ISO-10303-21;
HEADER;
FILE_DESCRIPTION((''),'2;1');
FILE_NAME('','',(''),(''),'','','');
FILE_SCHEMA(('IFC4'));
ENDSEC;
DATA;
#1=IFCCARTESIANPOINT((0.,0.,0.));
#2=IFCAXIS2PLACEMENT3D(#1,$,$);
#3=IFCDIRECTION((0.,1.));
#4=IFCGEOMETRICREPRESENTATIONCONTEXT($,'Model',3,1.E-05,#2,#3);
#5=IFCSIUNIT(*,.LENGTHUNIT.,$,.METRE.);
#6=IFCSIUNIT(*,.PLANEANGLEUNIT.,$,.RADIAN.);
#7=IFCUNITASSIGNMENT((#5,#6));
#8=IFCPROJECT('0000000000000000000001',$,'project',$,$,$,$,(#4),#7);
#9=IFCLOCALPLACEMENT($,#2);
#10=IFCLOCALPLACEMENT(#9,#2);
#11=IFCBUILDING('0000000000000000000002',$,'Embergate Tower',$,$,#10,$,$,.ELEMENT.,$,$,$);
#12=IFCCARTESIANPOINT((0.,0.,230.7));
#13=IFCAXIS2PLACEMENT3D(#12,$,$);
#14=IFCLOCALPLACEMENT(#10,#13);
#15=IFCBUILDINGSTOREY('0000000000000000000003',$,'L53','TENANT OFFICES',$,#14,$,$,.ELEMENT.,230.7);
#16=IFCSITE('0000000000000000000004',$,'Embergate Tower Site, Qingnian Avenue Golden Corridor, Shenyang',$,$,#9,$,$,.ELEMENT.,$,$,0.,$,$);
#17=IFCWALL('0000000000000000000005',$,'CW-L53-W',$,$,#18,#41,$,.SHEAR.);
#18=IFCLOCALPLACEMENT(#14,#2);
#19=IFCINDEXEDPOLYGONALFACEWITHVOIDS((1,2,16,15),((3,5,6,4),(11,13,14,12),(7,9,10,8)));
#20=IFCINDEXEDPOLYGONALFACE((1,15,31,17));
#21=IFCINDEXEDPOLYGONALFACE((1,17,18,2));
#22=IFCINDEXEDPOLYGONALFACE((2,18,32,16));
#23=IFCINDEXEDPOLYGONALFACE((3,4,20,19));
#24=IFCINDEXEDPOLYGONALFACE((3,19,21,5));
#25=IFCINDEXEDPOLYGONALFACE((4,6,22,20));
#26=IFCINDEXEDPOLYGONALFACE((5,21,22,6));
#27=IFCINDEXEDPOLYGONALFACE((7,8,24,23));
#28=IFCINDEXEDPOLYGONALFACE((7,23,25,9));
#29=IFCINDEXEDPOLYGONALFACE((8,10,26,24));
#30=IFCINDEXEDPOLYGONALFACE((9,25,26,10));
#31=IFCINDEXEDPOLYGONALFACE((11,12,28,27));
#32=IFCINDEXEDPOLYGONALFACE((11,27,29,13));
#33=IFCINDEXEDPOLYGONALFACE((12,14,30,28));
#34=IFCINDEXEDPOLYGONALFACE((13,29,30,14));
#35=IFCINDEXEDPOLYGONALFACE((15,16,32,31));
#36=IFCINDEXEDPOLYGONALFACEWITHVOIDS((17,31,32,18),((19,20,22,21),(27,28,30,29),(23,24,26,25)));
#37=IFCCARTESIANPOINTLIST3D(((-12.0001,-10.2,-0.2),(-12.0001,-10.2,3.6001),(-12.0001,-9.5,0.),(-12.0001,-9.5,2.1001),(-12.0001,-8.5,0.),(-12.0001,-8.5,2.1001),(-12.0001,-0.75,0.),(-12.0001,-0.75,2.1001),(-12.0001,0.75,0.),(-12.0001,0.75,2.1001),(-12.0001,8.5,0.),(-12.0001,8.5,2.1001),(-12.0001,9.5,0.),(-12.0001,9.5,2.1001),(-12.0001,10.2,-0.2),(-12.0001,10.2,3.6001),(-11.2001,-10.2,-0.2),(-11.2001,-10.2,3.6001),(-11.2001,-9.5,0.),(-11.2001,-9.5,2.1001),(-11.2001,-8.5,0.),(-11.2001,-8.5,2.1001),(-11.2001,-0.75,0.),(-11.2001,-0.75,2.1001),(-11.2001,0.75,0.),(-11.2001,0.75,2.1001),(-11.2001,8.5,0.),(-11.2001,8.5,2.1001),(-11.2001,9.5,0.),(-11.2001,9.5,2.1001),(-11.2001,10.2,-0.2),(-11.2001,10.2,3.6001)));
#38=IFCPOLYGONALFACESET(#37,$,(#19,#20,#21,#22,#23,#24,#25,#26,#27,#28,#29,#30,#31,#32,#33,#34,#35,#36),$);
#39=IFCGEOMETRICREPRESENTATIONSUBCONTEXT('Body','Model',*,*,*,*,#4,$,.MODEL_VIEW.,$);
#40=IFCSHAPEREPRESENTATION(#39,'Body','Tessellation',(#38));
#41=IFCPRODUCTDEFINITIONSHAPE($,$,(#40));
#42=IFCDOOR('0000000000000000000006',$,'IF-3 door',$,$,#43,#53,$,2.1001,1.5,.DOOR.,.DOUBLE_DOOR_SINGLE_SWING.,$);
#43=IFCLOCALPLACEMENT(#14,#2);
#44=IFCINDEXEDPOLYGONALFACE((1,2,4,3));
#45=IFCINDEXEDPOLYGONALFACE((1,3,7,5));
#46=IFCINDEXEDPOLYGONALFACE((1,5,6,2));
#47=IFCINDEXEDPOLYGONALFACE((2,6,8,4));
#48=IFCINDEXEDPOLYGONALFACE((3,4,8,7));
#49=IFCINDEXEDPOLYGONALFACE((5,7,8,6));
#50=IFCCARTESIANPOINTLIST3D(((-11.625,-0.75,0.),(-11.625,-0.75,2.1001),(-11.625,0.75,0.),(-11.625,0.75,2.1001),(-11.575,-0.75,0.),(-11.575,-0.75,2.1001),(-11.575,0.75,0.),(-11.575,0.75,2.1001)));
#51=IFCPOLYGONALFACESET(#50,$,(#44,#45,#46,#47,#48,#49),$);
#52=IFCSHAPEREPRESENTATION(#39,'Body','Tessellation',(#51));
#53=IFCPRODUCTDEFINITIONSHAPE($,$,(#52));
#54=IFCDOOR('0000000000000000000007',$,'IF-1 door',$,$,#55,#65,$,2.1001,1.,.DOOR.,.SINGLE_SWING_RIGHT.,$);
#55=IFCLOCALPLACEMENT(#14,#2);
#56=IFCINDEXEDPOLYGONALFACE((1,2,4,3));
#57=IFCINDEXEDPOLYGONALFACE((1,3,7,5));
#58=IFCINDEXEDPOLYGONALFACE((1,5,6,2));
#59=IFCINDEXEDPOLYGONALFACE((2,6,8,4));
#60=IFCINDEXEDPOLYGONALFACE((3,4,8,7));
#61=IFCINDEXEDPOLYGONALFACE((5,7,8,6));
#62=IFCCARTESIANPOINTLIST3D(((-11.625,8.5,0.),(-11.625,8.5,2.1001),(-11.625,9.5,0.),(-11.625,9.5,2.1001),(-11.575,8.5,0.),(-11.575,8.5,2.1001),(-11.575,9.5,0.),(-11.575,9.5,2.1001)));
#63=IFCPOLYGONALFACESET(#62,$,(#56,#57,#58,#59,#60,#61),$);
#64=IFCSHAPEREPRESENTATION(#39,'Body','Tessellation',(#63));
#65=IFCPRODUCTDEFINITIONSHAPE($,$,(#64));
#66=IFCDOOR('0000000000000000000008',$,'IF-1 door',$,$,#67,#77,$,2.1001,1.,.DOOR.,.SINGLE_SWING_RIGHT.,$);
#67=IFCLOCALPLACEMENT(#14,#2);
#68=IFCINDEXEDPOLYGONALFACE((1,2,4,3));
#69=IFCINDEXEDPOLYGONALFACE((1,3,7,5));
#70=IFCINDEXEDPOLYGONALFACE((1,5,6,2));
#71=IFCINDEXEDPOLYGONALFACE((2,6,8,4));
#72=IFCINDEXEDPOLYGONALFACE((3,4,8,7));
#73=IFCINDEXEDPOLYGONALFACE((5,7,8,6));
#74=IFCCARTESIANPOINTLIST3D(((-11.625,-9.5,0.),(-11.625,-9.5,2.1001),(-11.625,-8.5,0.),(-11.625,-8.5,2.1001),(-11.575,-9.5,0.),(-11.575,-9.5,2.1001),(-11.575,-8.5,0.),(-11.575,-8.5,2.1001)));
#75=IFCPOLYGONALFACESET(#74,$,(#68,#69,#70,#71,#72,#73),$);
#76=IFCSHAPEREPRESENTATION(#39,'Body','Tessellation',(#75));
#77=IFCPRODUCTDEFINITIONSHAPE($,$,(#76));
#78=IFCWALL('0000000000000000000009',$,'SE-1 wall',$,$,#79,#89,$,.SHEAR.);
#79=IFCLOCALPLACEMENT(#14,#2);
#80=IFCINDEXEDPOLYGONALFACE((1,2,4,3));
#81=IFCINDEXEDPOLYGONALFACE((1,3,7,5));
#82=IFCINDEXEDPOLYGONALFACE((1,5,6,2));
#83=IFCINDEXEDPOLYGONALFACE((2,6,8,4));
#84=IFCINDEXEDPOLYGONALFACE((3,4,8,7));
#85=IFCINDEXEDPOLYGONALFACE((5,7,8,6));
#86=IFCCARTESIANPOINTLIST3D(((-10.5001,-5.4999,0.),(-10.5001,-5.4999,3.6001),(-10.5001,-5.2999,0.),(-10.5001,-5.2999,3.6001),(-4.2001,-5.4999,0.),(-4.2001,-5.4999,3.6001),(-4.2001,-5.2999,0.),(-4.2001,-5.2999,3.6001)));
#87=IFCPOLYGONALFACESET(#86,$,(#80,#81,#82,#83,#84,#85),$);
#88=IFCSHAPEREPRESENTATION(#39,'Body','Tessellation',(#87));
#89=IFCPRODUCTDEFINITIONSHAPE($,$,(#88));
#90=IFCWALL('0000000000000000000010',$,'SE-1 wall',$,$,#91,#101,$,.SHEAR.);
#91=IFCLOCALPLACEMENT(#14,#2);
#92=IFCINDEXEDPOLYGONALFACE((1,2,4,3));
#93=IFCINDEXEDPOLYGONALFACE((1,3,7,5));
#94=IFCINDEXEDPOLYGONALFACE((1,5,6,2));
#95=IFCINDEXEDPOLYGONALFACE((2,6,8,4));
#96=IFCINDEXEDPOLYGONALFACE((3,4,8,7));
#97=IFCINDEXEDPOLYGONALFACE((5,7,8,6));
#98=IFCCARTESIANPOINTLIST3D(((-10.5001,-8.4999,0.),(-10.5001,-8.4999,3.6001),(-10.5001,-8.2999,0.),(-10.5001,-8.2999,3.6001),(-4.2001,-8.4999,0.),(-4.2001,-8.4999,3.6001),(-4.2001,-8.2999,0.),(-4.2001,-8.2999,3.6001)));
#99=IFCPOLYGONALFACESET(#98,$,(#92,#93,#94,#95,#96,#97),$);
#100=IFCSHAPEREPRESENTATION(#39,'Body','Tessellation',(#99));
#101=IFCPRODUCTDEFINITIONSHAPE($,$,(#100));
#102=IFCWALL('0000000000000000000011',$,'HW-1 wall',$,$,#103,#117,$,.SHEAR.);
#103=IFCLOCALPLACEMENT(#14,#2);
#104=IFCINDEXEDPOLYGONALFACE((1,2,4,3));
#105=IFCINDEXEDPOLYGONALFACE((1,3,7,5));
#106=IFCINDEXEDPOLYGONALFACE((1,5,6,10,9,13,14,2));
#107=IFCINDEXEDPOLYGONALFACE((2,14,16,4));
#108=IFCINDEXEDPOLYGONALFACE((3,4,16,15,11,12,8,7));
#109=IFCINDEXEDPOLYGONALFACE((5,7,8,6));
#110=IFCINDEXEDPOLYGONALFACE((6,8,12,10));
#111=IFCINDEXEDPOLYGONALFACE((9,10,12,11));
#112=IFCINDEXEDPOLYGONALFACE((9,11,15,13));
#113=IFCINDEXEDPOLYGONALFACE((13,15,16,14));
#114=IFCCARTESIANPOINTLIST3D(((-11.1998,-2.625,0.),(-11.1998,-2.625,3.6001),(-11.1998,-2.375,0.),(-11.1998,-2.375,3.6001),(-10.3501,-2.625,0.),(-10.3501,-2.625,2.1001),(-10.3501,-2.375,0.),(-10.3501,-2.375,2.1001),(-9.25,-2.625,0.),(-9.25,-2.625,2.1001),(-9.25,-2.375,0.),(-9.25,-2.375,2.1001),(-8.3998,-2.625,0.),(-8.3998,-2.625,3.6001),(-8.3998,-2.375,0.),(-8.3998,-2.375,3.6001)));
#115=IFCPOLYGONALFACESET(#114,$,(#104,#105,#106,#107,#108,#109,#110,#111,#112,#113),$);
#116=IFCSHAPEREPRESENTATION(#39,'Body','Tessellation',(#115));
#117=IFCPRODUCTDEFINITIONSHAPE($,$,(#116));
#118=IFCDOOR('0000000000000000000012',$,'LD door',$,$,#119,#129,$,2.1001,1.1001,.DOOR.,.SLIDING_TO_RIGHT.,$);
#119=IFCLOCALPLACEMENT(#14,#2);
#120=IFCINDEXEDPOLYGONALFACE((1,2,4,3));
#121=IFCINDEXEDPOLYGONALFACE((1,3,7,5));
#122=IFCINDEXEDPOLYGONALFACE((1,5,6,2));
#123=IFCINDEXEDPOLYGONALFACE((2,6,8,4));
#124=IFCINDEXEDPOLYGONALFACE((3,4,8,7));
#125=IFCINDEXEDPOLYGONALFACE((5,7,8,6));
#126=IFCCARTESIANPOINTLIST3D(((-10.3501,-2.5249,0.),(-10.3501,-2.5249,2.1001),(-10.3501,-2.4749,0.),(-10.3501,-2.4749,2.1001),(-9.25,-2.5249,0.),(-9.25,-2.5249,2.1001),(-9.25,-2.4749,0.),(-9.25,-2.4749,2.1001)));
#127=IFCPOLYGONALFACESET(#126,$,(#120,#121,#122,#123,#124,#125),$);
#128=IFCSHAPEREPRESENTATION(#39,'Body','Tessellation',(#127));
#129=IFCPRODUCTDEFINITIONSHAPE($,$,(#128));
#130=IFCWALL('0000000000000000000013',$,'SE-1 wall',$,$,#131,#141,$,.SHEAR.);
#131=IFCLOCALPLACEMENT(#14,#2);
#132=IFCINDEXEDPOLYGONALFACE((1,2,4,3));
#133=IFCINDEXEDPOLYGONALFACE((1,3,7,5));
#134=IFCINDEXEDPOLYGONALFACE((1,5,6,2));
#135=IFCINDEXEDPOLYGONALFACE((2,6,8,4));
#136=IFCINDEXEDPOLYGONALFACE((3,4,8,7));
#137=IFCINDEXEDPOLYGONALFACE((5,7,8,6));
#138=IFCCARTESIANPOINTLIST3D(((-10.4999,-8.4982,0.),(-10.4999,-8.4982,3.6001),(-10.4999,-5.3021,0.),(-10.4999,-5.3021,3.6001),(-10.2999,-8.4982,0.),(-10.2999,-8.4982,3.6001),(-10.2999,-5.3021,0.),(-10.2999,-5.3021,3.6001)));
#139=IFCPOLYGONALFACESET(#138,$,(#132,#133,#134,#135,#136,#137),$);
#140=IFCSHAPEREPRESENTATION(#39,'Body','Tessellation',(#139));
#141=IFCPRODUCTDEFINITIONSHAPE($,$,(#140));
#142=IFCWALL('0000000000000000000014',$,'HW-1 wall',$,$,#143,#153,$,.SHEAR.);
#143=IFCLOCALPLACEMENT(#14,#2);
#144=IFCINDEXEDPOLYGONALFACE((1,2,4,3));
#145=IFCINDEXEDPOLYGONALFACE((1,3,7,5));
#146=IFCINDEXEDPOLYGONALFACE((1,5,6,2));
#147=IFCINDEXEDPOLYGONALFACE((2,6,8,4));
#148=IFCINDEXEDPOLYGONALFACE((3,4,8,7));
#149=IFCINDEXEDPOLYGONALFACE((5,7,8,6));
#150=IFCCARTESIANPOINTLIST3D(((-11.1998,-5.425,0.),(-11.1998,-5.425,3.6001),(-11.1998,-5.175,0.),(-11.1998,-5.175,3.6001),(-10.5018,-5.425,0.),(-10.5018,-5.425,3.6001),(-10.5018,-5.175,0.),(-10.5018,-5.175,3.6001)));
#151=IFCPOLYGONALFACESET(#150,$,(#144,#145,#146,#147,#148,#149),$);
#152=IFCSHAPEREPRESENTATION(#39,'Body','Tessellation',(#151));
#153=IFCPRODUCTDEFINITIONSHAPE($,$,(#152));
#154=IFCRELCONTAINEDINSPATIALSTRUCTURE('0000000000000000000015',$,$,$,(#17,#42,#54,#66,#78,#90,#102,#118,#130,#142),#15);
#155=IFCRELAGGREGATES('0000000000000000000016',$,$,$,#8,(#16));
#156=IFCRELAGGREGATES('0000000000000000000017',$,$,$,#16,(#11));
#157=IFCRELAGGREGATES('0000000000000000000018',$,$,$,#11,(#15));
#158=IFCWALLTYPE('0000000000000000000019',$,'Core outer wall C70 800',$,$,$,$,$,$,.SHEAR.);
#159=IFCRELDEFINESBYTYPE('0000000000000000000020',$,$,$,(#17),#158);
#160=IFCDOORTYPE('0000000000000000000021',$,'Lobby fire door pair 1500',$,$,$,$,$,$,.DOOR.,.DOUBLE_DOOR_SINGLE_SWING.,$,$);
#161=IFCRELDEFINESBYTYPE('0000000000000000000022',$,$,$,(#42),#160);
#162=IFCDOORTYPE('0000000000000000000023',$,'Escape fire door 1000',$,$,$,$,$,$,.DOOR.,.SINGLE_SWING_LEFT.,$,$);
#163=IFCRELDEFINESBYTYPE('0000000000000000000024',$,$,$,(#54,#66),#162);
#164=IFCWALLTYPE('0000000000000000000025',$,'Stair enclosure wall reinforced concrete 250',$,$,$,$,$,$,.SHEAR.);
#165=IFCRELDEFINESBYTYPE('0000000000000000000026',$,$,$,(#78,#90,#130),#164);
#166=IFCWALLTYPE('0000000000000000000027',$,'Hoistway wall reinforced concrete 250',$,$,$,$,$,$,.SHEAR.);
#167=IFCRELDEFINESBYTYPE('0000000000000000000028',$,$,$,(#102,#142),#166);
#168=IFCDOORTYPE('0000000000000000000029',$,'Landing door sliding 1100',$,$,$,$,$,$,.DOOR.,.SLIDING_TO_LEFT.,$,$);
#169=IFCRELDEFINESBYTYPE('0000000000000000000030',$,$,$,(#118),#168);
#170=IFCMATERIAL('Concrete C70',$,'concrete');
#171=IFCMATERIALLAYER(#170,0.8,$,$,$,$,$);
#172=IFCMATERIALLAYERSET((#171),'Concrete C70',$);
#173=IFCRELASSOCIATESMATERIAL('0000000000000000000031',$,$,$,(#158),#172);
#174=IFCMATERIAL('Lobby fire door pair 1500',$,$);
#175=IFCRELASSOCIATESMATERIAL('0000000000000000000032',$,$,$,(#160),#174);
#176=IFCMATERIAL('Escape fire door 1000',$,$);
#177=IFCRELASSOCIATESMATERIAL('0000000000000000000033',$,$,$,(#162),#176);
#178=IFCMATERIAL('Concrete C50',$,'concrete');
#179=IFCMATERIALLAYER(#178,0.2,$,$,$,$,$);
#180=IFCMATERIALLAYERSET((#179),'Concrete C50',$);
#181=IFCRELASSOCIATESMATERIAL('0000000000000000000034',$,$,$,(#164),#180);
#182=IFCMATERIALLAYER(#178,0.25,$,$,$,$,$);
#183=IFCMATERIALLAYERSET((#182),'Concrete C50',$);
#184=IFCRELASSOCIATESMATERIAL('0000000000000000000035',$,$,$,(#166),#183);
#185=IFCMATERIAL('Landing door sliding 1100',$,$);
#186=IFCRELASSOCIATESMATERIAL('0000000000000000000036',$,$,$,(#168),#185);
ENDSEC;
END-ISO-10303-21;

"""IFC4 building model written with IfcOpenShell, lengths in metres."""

from ifc_helpers import new_model, si_unit, direction, frame, frame_2d, origin, place, context, subcontext, project, spatial, rectangle, extrude, source, transform, mapped, material, layer, layer_set, type_object, element, fill, save


model = new_model("IFC4")

# Units and contexts
model_context = context("Model", 3, precision=1e-05, world=origin(), true_north=direction((0.0, 1.0)))
body_context = subcontext(model_context, "Body", "Model", "MODEL_VIEW")
ifc_project = project(units=[si_unit("LENGTHUNIT", "METRE"), si_unit("PLANEANGLEUNIT", "RADIAN")], contexts=[model_context])

# Site, building, storey
site_placement = place(None, origin())
site = spatial("IfcSite", under=ifc_project, at=site_placement, Name="Embergate Tower Site, Qingnian Avenue Golden Corridor, Shenyang", CompositionType="ELEMENT", RefElevation=0.0)
building_placement = place(site_placement, origin())
building = spatial("IfcBuilding", under=site, at=building_placement, Name="Embergate Tower", CompositionType="ELEMENT")
storey_placement = place(building_placement, frame((0.0, 0.0, 230.7)))
storey = spatial("IfcBuildingStorey", under=building, at=storey_placement, Name="L53", Description="TENANT OFFICES", CompositionType="ELEMENT", Elevation=230.7)

# Shared definitions
ifc_material_1 = material(Name="Concrete C70", Category="concrete")
ifc_layer_1 = layer(ifc_material_1, 0.8)
ifc_layer_set_1 = layer_set([ifc_layer_1], Name="Concrete C70")
wall_type_1 = type_object("IfcWallType", Name="Core outer wall C70 800", PredefinedType="SHEAR", material=ifc_layer_set_1)

# Wall, openings, doors
shared_shape_1 = source(origin(), body_context, "Body", "SweptSolid", [
    extrude(rectangle(XDim=20.3999, YDim=0.8, at=frame_2d((10.2, 0.0))), origin(), (0.0, 0.0, 1.0), 3.8),
])
wall_1_placement = place(storey_placement, frame((-11.6001, -10.2, -0.2), z_axis=(0.0, 0.0, 1.0), x_axis=(0.0, 1.0, 0.0)))
wall_1 = element("IfcWall", 1, at=wall_1_placement, inside=storey, type_object=wall_type_1, Name="CW-L53-W", PredefinedType="SHEAR", context=body_context, shape_type="MappedRepresentation", body=[
    mapped(shared_shape_1, transform((0.0, 0.0, 0.0))),
])
shared_shape_2 = source(origin(), body_context, "Body", "SweptSolid", [
    extrude(rectangle(XDim=1.0, YDim=2.1001, at=frame_2d((0.5, 1.05))), frame((0.0, 0.4099, 0.0), z_axis=(0.0, -1.0, 0.0), x_axis=(1.0, 0.0, 0.0)), (0.0, 0.0, 1.0), 0.8201),
])
opening_1_placement = place(wall_1_placement, frame((18.7, 0.0, 0.2)))
opening_1 = element("IfcOpeningElement", 2, at=opening_1_placement, cuts=wall_1, PredefinedType="OPENING", context=body_context, shape_type="MappedRepresentation", body=[
    mapped(shared_shape_2, transform((0.0, 0.0, 0.0))),
])
opening_2_placement = place(wall_1_placement, frame((0.7, 0.0, 0.2)))
opening_2 = element("IfcOpeningElement", 3, at=opening_2_placement, cuts=wall_1, PredefinedType="OPENING", context=body_context, shape_type="MappedRepresentation", body=[
    mapped(shared_shape_2, transform((0.0, 0.0, 0.0))),
])
shared_shape_3 = source(origin(), body_context, "Body", "SweptSolid", [
    extrude(rectangle(XDim=1.5, YDim=2.1001, at=frame_2d((0.75, 1.05))), frame((0.0, 0.4099, 0.0), z_axis=(0.0, -1.0, 0.0), x_axis=(1.0, 0.0, 0.0)), (0.0, 0.0, 1.0), 0.8201),
])
opening_3_placement = place(wall_1_placement, frame((9.45, 0.0, 0.2)))
opening_3 = element("IfcOpeningElement", 4, at=opening_3_placement, cuts=wall_1, PredefinedType="OPENING", context=body_context, shape_type="MappedRepresentation", body=[
    mapped(shared_shape_3, transform((0.0, 0.0, 0.0))),
])
ifc_material_2 = material(Name="Lobby fire door pair 1500")
door_type_1 = type_object("IfcDoorType", Name="Lobby fire door pair 1500", OperationType="DOUBLE_DOOR_SINGLE_SWING", PredefinedType="DOOR", material=ifc_material_2)
shared_shape_4 = source(origin(), body_context, "Body", "SweptSolid", [
    extrude(rectangle(XDim=1.5, YDim=2.1001, at=frame_2d((0.75, 1.05))), frame((0.0, 0.0249, 0.0), z_axis=(0.0, -1.0, 0.0), x_axis=(1.0, 0.0, 0.0)), (0.0, 0.0, 1.0), 0.05),
])
door_1_placement = place(opening_3_placement, origin())
door_1 = element("IfcDoor", 5, at=door_1_placement, inside=storey, type_object=door_type_1, Name="IF-3 door", OperationType="DOUBLE_DOOR_SINGLE_SWING", OverallHeight=2.1001, OverallWidth=1.5, PredefinedType="DOOR", context=body_context, shape_type="MappedRepresentation", body=[
    mapped(shared_shape_4, transform((0.0, 0.0, 0.0))),
])
fill(opening_3, door_1)
ifc_material_3 = material(Name="Escape fire door 1000")
door_type_2 = type_object("IfcDoorType", Name="Escape fire door 1000", OperationType="SINGLE_SWING_LEFT", PredefinedType="DOOR", material=ifc_material_3)
shared_shape_5 = source(origin(), body_context, "Body", "SweptSolid", [
    extrude(rectangle(XDim=1.0, YDim=2.1001, at=frame_2d((0.5, 1.05))), frame((0.0, 0.0249, 0.0), z_axis=(0.0, -1.0, 0.0), x_axis=(1.0, 0.0, 0.0)), (0.0, 0.0, 1.0), 0.05),
])
door_2_placement = place(opening_1_placement, origin())
door_2 = element("IfcDoor", 6, at=door_2_placement, inside=storey, type_object=door_type_2, Name="IF-1 door", OperationType="SINGLE_SWING_RIGHT", OverallHeight=2.1001, OverallWidth=1.0, PredefinedType="DOOR", context=body_context, shape_type="MappedRepresentation", body=[
    mapped(shared_shape_5, transform((0.0, 0.0, 0.0))),
])
fill(opening_1, door_2)
door_3_placement = place(opening_2_placement, origin())
door_3 = element("IfcDoor", 7, at=door_3_placement, inside=storey, type_object=door_type_2, Name="IF-1 door", OperationType="SINGLE_SWING_RIGHT", OverallHeight=2.1001, OverallWidth=1.0, PredefinedType="DOOR", context=body_context, shape_type="MappedRepresentation", body=[
    mapped(shared_shape_5, transform((0.0, 0.0, 0.0))),
])
fill(opening_2, door_3)

# Walls
ifc_material_4 = material(Name="Concrete C50", Category="concrete")
ifc_layer_2 = layer(ifc_material_4, 0.2)
ifc_layer_set_2 = layer_set([ifc_layer_2], Name="Concrete C50")
wall_type_2 = type_object("IfcWallType", Name="Stair enclosure wall reinforced concrete 250", PredefinedType="SHEAR", material=ifc_layer_set_2)
shared_shape_6 = source(origin(), body_context, "Body", "SweptSolid", [
    extrude(rectangle(XDim=6.3, YDim=0.2, at=frame_2d((3.1499, 0.0))), origin(), (0.0, 0.0, 1.0), 3.6001),
])
for number, where, z_axis, x_axis, name in (
    (8, (-10.5, -5.3999, 0.0), (0.0, 0.0, 1.0), (1.0, 0.0, 0.0), "SE-1 wall"),
    (9, (-10.5, -8.3999, 0.0), (0.0, 0.0, 1.0), (1.0, 0.0, 0.0), "SE-1 wall"),
):
    element("IfcWall", number, at=place(storey_placement, frame(where, z_axis=z_axis, x_axis=x_axis)), inside=storey, type_object=wall_type_2, Name=name, PredefinedType="SHEAR", context=body_context, shape_type="MappedRepresentation", body=[
        mapped(shared_shape_6, transform((0.0, 0.0, 0.0))),
    ])

# Wall, opening, door
ifc_layer_3 = layer(ifc_material_4, 0.25)
ifc_layer_set_3 = layer_set([ifc_layer_3], Name="Concrete C50")
wall_type_3 = type_object("IfcWallType", Name="Hoistway wall reinforced concrete 250", PredefinedType="SHEAR", material=ifc_layer_set_3)
shared_shape_7 = source(origin(), body_context, "Body", "SweptSolid", [
    extrude(rectangle(XDim=2.8, YDim=0.25, at=frame_2d((1.3999, 0.0))), origin(), (0.0, 0.0, 1.0), 3.6001),
])
wall_2_placement = place(storey_placement, frame((-8.3999, -2.5, 0.0), z_axis=(0.0, 0.0, 1.0), x_axis=(-1.0, 0.0, 0.0)))
wall_2 = element("IfcWall", 10, at=wall_2_placement, inside=storey, type_object=wall_type_3, Name="HW-1 wall", PredefinedType="SHEAR", context=body_context, shape_type="MappedRepresentation", body=[
    mapped(shared_shape_7, transform((0.0, 0.0, 0.0))),
])
shared_shape_8 = source(origin(), body_context, "Body", "SweptSolid", [
    extrude(rectangle(XDim=1.1001, YDim=2.1001, at=frame_2d((0.55, 1.05))), frame((0.0, 0.135, 0.0), z_axis=(0.0, -1.0, 0.0), x_axis=(1.0, 0.0, 0.0)), (0.0, 0.0, 1.0), 0.27),
])
opening_4_placement = place(wall_2_placement, frame((0.8501, 0.0, 0.0)))
opening_4 = element("IfcOpeningElement", 11, at=opening_4_placement, cuts=wall_2, PredefinedType="OPENING", context=body_context, shape_type="MappedRepresentation", body=[
    mapped(shared_shape_8, transform((0.0, 0.0, 0.0))),
])
ifc_material_5 = material(Name="Landing door sliding 1100")
door_type_3 = type_object("IfcDoorType", Name="Landing door sliding 1100", OperationType="SLIDING_TO_LEFT", PredefinedType="DOOR", material=ifc_material_5)
shared_shape_9 = source(origin(), body_context, "Body", "SweptSolid", [
    extrude(rectangle(XDim=1.1001, YDim=2.1001, at=frame_2d((0.55, 1.05))), frame((0.0, 0.0249, 0.0), z_axis=(0.0, -1.0, 0.0), x_axis=(1.0, 0.0, 0.0)), (0.0, 0.0, 1.0), 0.05),
])
door_4_placement = place(opening_4_placement, origin())
door_4 = element("IfcDoor", 12, at=door_4_placement, inside=storey, type_object=door_type_3, Name="LD door", OperationType="SLIDING_TO_RIGHT", OverallHeight=2.1001, OverallWidth=1.1001, PredefinedType="DOOR", context=body_context, shape_type="MappedRepresentation", body=[
    mapped(shared_shape_9, transform((0.0, 0.0, 0.0))),
])
fill(opening_4, door_4)

# Walls
shared_shape_10 = source(origin(), body_context, "Body", "SweptSolid", [
    extrude(rectangle(XDim=3.196, YDim=0.2, at=frame_2d((1.5981, 0.0))), origin(), (0.0, 0.0, 1.0), 3.6001),
])
wall_3_placement = place(storey_placement, frame((-10.3999, -5.302, 0.0), z_axis=(0.0, 0.0, 1.0), x_axis=(0.0, -1.0, 0.0)))
element("IfcWall", 13, at=wall_3_placement, inside=storey, type_object=wall_type_2, Name="SE-1 wall", PredefinedType="SHEAR", context=body_context, shape_type="MappedRepresentation", body=[
    mapped(shared_shape_10, transform((0.0, 0.0, 0.0))),
])
shared_shape_11 = source(origin(), body_context, "Body", "SweptSolid", [
    extrude(rectangle(XDim=0.698, YDim=0.25, at=frame_2d((0.3491, 0.0))), origin(), (0.0, 0.0, 1.0), 3.6001),
])
wall_4_placement = place(storey_placement, frame((-11.2, -5.3, 0.0), z_axis=(0.0, 0.0, 1.0), x_axis=(1.0, 0.0, 0.0)))
element("IfcWall", 14, at=wall_4_placement, inside=storey, type_object=wall_type_3, Name="HW-1 wall", PredefinedType="SHEAR", context=body_context, shape_type="MappedRepresentation", body=[
    mapped(shared_shape_11, transform((0.0, 0.0, 0.0))),
])

save(model, "model.ifc")
